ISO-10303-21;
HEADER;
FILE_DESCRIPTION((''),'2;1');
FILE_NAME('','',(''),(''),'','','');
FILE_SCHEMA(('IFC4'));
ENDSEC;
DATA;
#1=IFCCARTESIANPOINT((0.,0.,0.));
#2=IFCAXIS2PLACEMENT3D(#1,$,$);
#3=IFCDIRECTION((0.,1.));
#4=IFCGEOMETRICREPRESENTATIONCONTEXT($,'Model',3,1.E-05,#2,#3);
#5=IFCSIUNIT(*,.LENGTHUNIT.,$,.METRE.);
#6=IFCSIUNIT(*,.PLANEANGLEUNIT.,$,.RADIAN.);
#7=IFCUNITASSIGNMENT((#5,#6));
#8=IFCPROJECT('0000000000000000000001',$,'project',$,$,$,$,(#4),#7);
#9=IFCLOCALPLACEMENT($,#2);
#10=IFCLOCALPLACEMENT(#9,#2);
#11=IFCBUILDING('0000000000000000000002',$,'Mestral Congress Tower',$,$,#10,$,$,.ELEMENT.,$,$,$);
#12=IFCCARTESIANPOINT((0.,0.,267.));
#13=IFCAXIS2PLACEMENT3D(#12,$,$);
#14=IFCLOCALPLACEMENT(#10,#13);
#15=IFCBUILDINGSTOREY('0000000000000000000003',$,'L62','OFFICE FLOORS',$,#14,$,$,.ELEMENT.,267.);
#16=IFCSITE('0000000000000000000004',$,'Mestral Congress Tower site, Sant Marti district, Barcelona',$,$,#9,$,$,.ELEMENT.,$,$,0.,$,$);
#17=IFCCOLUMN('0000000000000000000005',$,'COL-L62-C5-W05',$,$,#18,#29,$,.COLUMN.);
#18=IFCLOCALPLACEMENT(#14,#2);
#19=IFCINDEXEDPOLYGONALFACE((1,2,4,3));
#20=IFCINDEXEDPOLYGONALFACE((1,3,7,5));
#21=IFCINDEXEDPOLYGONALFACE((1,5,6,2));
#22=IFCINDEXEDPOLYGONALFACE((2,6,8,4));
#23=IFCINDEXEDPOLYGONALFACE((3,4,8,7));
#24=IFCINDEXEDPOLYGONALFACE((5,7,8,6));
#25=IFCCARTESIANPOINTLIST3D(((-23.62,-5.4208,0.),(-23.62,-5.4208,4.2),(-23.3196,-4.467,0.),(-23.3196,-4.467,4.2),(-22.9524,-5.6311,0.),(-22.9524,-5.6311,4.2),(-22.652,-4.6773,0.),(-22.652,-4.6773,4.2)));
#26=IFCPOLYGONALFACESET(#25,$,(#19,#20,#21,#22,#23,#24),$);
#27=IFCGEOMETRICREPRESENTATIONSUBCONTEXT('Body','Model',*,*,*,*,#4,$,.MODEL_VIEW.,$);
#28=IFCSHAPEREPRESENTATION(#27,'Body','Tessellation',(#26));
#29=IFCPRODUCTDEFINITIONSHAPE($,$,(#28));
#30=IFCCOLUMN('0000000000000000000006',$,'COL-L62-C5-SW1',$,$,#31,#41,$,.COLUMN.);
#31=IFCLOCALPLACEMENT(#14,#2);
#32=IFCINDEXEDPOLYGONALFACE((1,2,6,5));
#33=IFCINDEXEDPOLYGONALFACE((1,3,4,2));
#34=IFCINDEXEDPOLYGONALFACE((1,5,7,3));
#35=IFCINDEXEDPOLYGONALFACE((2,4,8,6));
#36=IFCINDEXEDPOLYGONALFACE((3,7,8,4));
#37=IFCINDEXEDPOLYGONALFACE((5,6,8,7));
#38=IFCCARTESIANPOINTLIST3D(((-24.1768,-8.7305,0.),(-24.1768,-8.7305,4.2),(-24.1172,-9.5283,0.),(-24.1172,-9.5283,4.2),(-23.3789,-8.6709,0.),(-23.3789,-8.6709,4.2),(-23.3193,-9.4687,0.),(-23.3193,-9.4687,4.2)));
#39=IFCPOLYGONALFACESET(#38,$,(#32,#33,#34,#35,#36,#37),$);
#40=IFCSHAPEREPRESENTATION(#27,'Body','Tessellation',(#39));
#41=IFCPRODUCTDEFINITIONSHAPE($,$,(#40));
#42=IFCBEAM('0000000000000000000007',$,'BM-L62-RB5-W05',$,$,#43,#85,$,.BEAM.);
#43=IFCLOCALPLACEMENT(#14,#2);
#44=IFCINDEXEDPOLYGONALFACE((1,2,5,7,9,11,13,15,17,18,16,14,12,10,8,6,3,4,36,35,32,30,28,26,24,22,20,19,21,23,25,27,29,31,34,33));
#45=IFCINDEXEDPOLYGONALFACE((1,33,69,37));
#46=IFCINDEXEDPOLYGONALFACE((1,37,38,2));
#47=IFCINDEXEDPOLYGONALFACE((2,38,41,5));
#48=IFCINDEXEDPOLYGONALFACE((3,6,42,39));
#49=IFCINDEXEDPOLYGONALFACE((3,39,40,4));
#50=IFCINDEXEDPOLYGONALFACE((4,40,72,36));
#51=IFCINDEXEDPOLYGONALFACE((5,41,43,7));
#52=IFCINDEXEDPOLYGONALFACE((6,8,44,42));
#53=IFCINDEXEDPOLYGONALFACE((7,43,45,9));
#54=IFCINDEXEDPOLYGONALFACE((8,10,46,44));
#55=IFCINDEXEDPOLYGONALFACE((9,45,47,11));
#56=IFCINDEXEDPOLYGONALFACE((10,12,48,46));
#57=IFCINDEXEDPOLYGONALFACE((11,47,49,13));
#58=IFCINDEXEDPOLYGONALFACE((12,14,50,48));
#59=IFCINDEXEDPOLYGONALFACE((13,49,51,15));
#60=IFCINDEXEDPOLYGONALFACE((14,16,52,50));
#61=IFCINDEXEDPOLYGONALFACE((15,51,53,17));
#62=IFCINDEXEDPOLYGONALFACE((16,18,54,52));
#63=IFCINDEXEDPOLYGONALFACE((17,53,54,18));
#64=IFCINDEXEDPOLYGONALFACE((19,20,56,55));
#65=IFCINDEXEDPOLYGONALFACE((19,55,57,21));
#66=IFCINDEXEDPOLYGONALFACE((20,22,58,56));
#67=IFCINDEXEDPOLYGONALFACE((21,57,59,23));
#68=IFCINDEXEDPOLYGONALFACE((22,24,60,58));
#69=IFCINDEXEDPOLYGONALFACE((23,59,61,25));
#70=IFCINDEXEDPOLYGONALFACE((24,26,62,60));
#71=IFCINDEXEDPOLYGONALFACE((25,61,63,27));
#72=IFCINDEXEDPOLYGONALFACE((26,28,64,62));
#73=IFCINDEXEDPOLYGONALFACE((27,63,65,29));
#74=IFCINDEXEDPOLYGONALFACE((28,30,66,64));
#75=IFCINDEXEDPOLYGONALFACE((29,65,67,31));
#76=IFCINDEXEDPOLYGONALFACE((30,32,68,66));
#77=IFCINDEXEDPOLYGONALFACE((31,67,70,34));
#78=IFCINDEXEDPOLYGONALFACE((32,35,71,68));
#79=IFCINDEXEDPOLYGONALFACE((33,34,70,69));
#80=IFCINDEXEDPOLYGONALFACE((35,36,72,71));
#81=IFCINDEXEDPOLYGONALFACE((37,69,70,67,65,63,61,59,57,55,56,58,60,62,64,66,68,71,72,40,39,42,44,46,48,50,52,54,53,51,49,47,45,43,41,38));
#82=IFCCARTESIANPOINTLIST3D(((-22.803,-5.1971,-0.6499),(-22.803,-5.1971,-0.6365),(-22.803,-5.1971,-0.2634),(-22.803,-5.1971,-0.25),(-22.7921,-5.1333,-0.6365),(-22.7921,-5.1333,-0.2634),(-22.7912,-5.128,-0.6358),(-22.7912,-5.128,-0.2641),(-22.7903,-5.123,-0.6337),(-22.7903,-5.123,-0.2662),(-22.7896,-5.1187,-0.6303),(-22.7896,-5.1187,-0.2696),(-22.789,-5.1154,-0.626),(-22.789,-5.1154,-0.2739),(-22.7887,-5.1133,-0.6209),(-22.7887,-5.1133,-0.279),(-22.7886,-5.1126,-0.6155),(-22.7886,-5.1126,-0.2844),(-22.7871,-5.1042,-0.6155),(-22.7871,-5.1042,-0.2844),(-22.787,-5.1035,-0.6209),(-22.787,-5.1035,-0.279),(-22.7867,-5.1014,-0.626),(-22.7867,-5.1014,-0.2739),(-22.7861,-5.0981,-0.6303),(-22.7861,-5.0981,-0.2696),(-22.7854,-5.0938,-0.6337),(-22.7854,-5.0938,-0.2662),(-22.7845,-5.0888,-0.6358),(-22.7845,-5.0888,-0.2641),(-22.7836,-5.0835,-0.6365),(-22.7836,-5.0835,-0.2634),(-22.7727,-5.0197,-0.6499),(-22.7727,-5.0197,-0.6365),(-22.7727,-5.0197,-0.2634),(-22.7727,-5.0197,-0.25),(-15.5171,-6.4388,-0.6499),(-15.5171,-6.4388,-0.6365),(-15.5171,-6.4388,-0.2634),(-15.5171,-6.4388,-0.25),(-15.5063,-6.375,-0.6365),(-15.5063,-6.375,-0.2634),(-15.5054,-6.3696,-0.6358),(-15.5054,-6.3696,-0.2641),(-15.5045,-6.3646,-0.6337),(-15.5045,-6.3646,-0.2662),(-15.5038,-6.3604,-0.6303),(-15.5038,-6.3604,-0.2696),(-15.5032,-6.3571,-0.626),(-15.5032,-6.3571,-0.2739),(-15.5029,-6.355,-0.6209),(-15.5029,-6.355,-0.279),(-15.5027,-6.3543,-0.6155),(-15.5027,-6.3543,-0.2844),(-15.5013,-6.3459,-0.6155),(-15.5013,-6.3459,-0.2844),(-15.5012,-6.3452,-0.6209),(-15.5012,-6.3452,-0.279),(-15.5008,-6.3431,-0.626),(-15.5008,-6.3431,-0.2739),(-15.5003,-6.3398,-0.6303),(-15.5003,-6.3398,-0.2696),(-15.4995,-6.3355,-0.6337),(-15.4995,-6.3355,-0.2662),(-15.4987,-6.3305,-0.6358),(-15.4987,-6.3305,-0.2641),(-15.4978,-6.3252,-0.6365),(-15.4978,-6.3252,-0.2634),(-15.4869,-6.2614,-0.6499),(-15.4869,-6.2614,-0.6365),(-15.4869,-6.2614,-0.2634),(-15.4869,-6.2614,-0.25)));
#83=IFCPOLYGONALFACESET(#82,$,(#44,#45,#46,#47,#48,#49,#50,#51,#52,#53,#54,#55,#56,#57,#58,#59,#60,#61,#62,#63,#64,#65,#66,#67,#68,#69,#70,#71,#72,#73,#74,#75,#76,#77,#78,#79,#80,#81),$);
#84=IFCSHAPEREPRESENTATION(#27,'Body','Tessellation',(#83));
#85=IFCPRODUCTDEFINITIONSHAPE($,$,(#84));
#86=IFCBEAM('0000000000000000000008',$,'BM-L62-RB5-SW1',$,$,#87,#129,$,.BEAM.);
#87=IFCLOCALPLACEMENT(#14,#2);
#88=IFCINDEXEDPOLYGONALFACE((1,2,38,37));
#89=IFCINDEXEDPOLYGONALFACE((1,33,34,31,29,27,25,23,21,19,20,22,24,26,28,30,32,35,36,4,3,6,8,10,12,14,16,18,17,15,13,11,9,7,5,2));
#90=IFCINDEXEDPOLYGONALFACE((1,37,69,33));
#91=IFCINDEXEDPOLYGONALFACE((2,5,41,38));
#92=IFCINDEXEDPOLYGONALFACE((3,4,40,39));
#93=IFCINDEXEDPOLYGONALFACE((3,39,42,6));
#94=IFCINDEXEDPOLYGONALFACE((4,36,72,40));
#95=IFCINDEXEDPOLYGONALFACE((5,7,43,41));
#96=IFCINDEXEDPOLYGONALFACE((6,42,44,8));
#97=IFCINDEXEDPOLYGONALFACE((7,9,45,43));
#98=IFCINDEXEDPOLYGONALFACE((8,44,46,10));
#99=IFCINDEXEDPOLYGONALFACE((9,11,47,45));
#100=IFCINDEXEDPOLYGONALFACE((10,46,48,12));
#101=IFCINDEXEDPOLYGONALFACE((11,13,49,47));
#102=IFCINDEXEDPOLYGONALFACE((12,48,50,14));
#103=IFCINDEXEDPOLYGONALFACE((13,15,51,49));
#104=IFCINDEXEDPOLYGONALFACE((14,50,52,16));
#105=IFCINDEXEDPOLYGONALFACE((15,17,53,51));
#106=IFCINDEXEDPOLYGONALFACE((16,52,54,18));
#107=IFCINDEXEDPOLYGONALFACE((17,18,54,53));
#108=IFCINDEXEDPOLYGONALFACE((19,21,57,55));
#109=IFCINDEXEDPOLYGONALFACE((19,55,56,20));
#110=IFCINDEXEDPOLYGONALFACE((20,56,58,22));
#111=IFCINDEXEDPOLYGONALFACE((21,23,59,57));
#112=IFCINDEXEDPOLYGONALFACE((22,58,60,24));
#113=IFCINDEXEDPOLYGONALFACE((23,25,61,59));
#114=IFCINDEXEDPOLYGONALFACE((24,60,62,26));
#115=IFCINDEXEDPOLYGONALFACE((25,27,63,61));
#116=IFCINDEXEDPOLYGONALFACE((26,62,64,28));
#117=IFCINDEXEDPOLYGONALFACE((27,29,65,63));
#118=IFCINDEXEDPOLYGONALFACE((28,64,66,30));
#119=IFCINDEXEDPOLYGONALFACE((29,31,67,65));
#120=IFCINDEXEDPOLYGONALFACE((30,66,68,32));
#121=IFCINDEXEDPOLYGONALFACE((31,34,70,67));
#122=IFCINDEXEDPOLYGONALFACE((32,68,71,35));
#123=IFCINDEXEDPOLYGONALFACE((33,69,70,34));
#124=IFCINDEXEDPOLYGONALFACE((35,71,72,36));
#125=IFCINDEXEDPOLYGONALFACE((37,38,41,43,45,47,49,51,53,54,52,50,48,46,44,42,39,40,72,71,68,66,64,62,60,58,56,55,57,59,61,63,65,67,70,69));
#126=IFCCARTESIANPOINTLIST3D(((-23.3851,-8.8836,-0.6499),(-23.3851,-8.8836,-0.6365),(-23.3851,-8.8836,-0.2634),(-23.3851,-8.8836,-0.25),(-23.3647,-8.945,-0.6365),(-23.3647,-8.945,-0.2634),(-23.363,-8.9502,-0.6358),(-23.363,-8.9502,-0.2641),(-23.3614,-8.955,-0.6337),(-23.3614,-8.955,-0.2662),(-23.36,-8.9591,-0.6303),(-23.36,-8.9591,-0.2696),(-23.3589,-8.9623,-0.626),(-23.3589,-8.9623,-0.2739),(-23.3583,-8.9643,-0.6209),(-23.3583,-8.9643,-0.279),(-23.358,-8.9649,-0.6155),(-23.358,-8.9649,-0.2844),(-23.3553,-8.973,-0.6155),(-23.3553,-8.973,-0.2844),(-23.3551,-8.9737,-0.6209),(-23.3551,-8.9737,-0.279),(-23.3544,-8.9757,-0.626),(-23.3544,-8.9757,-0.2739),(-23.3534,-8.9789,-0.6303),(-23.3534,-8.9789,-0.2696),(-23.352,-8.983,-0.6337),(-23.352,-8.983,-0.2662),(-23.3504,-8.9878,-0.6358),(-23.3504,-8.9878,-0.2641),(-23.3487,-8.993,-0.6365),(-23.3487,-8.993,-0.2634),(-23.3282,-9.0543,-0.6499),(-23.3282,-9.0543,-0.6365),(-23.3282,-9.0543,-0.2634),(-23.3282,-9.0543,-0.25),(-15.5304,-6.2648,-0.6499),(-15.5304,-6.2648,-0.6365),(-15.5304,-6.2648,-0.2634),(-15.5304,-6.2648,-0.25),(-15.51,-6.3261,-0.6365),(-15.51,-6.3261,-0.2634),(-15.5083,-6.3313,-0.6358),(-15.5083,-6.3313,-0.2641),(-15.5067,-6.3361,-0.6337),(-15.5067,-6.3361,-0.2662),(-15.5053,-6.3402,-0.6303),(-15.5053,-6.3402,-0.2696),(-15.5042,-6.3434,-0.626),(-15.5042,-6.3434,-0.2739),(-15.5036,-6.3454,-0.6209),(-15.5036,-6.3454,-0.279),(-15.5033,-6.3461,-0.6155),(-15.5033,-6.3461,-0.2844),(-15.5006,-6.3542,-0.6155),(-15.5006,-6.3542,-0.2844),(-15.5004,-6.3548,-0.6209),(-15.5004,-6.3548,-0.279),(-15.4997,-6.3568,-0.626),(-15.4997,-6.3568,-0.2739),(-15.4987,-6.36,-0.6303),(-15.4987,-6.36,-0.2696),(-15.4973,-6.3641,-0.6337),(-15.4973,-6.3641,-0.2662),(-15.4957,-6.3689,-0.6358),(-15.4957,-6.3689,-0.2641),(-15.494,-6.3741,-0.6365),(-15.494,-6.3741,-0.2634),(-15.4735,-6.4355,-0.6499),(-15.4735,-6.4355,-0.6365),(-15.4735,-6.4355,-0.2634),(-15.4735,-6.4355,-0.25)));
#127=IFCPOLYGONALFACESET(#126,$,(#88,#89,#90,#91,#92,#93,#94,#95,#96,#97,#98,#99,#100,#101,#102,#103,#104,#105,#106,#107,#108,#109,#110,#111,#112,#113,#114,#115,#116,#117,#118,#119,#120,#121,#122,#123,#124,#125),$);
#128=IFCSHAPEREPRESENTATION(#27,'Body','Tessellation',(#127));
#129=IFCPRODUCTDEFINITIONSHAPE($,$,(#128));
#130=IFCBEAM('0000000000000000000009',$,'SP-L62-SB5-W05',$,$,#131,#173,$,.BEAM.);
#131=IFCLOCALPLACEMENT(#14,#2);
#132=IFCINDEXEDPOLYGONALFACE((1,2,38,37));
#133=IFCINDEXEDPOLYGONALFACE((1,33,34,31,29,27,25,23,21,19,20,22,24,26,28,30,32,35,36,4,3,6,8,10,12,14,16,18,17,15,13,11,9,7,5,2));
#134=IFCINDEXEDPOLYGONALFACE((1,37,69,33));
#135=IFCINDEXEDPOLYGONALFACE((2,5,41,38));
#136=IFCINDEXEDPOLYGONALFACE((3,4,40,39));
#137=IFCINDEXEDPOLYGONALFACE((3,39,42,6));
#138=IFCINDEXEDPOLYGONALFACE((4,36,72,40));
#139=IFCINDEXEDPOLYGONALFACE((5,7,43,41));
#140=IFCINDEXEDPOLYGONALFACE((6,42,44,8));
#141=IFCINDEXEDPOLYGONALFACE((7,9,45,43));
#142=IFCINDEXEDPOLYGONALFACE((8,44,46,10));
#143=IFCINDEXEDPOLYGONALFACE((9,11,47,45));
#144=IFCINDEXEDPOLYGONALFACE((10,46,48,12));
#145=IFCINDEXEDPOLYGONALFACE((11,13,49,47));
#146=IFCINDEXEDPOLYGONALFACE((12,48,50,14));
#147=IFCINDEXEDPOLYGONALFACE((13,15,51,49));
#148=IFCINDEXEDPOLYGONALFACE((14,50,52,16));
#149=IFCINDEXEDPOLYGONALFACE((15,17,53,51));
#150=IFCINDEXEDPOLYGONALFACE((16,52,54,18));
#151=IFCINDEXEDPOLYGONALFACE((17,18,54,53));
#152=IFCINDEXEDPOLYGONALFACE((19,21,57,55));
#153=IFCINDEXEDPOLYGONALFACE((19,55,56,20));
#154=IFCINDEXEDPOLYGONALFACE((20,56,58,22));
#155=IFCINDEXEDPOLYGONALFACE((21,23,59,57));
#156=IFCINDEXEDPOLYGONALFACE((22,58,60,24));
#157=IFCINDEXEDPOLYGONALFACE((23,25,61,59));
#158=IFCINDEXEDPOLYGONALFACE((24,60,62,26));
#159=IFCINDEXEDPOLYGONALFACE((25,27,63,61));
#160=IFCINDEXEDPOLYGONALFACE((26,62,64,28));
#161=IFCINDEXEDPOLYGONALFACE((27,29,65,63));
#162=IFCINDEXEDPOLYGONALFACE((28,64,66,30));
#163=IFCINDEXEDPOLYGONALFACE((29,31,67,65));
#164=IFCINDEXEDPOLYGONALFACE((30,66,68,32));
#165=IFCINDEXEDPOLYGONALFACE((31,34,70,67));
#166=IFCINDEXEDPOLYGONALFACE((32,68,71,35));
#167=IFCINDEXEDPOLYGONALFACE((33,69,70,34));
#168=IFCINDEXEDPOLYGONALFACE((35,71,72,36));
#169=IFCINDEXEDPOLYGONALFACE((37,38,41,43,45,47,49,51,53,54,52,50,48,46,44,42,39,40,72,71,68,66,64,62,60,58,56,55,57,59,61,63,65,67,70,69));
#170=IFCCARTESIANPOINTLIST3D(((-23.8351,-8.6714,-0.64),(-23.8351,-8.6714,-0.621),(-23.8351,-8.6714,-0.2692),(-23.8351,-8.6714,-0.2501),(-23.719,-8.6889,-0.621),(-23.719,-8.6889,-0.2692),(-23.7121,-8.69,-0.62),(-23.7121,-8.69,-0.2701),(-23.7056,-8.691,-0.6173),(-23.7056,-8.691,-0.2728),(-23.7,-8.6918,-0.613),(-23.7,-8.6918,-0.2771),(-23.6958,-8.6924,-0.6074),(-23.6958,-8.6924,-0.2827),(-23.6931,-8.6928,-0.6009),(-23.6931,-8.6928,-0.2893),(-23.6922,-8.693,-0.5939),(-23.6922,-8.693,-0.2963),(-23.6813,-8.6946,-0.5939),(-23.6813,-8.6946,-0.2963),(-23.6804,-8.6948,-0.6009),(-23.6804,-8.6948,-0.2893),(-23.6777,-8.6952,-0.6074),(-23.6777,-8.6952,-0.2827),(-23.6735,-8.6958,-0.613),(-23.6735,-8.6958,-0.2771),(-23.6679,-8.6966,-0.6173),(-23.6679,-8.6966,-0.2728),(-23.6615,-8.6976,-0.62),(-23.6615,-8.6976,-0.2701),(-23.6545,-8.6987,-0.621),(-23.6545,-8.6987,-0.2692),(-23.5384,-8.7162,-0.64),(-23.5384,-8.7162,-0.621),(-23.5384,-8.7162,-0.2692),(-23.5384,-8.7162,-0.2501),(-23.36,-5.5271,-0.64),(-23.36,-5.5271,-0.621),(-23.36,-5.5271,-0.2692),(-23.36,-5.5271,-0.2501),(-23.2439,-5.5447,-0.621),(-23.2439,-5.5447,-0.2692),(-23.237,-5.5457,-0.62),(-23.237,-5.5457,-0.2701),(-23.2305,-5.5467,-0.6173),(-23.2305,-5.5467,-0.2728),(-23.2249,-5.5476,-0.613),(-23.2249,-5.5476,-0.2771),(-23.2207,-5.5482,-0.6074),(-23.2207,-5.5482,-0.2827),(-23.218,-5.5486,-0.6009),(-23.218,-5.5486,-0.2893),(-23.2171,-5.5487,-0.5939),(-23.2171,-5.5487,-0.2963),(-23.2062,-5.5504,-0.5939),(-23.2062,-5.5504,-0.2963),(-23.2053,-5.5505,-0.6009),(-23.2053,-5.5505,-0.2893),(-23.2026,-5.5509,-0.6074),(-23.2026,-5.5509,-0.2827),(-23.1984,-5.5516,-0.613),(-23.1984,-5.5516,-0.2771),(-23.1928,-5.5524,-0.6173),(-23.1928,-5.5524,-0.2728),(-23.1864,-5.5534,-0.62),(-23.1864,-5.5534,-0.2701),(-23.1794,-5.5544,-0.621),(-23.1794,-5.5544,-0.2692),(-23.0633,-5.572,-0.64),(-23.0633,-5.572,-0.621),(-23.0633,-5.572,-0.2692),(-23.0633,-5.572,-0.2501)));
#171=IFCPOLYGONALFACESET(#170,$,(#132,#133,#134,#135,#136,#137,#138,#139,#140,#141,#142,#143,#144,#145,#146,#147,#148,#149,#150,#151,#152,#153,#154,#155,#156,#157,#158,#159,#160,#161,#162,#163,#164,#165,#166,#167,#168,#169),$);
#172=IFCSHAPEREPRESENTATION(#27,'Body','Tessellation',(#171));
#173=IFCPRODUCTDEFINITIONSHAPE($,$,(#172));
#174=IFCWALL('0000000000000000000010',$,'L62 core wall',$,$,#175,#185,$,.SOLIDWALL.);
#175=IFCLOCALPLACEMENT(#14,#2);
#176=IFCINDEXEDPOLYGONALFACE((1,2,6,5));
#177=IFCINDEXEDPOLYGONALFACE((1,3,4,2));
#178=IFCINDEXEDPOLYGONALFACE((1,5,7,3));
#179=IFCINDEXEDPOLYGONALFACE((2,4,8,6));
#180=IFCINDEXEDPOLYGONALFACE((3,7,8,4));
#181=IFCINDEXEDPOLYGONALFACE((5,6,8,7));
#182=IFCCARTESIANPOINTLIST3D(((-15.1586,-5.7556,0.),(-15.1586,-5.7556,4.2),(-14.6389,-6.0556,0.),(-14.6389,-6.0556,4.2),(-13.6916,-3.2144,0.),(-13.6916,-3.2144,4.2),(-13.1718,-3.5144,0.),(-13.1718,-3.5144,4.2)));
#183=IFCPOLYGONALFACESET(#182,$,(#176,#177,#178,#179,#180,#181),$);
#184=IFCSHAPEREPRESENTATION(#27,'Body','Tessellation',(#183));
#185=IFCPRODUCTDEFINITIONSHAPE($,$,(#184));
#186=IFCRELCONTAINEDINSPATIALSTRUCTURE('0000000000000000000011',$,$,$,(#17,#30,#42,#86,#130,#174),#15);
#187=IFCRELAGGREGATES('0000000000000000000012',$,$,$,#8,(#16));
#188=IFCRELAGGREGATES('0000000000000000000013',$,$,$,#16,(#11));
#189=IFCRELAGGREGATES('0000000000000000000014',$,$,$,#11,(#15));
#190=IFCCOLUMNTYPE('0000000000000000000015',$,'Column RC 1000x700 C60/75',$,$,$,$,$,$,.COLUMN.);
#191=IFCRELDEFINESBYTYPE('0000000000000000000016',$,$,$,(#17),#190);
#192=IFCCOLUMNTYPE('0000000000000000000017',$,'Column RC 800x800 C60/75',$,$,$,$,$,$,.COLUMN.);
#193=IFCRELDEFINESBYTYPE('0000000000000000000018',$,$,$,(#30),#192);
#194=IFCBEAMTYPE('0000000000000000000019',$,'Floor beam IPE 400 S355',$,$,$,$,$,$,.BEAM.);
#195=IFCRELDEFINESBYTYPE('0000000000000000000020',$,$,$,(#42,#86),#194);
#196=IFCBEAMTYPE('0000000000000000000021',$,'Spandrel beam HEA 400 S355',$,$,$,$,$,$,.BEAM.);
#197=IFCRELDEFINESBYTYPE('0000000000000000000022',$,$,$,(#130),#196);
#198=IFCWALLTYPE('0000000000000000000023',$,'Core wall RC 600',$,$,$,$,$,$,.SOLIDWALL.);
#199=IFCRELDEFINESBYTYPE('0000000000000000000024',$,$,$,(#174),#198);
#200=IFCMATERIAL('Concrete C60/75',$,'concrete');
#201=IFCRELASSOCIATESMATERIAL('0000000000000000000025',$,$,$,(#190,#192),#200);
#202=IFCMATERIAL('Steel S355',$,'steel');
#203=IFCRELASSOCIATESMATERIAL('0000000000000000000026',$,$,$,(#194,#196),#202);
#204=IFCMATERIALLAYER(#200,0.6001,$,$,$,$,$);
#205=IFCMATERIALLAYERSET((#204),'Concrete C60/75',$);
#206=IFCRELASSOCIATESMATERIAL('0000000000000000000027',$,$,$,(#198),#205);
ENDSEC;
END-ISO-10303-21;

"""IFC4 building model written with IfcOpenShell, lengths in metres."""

from ifc_helpers import new_model, si_unit, direction, frame, frame_2d, origin, origin_2d, place, context, subcontext, project, spatial, rectangle, i_section, extrude, material, layer, layer_set, material_profile, profile_set, type_object, element, save


model = new_model("IFC4")

# Units and contexts
model_context = context("Model", 3, precision=1e-05, world=origin(), true_north=direction((0.0, 1.0)))
body_context = subcontext(model_context, "Body", "Model", "MODEL_VIEW")
ifc_project = project(units=[si_unit("LENGTHUNIT", "METRE"), si_unit("PLANEANGLEUNIT", "RADIAN")], contexts=[model_context])

# Site, building, storey
site_placement = place(None, origin())
site = spatial("IfcSite", under=ifc_project, at=site_placement, Name="Mestral Congress Tower site, Sant Marti district, Barcelona", CompositionType="ELEMENT", RefElevation=0.0)
building_placement = place(site_placement, origin())
building = spatial("IfcBuilding", under=site, at=building_placement, Name="Mestral Congress Tower", CompositionType="ELEMENT")
storey_placement = place(building_placement, frame((0.0, 0.0, 267.0)))
storey = spatial("IfcBuildingStorey", under=building, at=storey_placement, Name="L62", Description="OFFICE FLOORS", CompositionType="ELEMENT", Elevation=267.0)

# Columns
ifc_material_1 = material(Name="Concrete C60/75", Category="concrete")
ifc_material_profile_1 = material_profile(ifc_material_1, rectangle(XDim=1.0, YDim=0.7, at=origin_2d()), Name="RC 1000x700")
ifc_profile_set_1 = profile_set([ifc_material_profile_1], Name="Concrete C60/75")
column_type_1 = type_object("IfcColumnType", Name="Column RC 1000x700 C60/75", PredefinedType="COLUMN", material=ifc_profile_set_1)
column_1_placement = place(storey_placement, frame((-23.136, -5.0491, 0.0), z_axis=(0.0, 0.0, 1.0), x_axis=(-0.300431, -0.953804, 0.0)))
element("IfcColumn", 1, at=column_1_placement, inside=storey, type_object=column_type_1, Name="COL-L62-C5-W05", PredefinedType="COLUMN", context=body_context, shape_type="SweptSolid", body=[
    extrude(rectangle(XDim=1.0, YDim=0.7, at=origin_2d()), origin(), (0.0, 0.0, 1.0), 4.2),
])
ifc_material_profile_2 = material_profile(ifc_material_1, rectangle(XDim=0.8, YDim=0.8, at=origin_2d()), Name="RC 800x800")
ifc_profile_set_2 = profile_set([ifc_material_profile_2], Name="Concrete C60/75")
column_type_2 = type_object("IfcColumnType", Name="Column RC 800x800 C60/75", PredefinedType="COLUMN", material=ifc_profile_set_2)
column_2_placement = place(storey_placement, frame((-23.748, -9.0996, 0.0), z_axis=(0.0, 0.0, 1.0), x_axis=(0.074511, -0.99722, 0.0)))
element("IfcColumn", 2, at=column_2_placement, inside=storey, type_object=column_type_2, Name="COL-L62-C5-SW1", PredefinedType="COLUMN", context=body_context, shape_type="SweptSolid", body=[
    extrude(rectangle(XDim=0.8, YDim=0.8, at=origin_2d()), origin(), (0.0, 0.0, 1.0), 4.2),
])

# Beams
ifc_material_2 = material(Name="Steel S355", Category="steel")
ifc_material_profile_3 = material_profile(ifc_material_2, i_section(OverallWidth=0.1799, OverallDepth=0.3999, WebThickness=0.0085, FlangeThickness=0.0134, FilletRadius=0.021, at=origin_2d()), Name="IPE 400")
ifc_profile_set_3 = profile_set([ifc_material_profile_3], Name="Steel S355")
beam_type_1 = type_object("IfcBeamType", Name="Floor beam IPE 400 S355", PredefinedType="BEAM", material=ifc_profile_set_3)
beam_1_placement = place(storey_placement, frame((-22.7878, -5.1084, -0.45), z_axis=(0.985787, -0.168003, 0.0), x_axis=(0.168003, 0.985787, 0.0)))
element("IfcBeam", 3, at=beam_1_placement, inside=storey, type_object=beam_type_1, Name="BM-L62-RB5-W05", PredefinedType="BEAM", context=body_context, shape_type="SweptSolid", body=[
    extrude(i_section(OverallWidth=0.1799, OverallDepth=0.3999, WebThickness=0.0085, FlangeThickness=0.0134, FilletRadius=0.021, at=origin_2d()), origin(), (0.0, 0.0, 1.0), 7.3909),
])
beam_2_placement = place(storey_placement, frame((-23.3567, -8.969, -0.45), z_axis=(0.94866, 0.316299, 0.0), x_axis=(-0.316299, 0.94866, 0.0)))
element("IfcBeam", 4, at=beam_2_placement, inside=storey, type_object=beam_type_1, Name="BM-L62-RB5-SW1", PredefinedType="BEAM", context=body_context, shape_type="SweptSolid", body=[
    extrude(i_section(OverallWidth=0.1799, OverallDepth=0.3999, WebThickness=0.0085, FlangeThickness=0.0134, FilletRadius=0.021, at=origin_2d()), origin(), (0.0, 0.0, 1.0), 8.2798),
])
ifc_material_profile_4 = material_profile(ifc_material_2, i_section(OverallWidth=0.3, OverallDepth=0.3899, WebThickness=0.011, FlangeThickness=0.019, FilletRadius=0.0271, at=origin_2d()), Name="HEA 400")
ifc_profile_set_4 = profile_set([ifc_material_profile_4], Name="Steel S355")
beam_type_2 = type_object("IfcBeamType", Name="Spandrel beam HEA 400 S355", PredefinedType="BEAM", material=ifc_profile_set_4)
beam_3_placement = place(storey_placement, frame((-23.2117, -5.5496, -0.4451), z_axis=(-0.149403, -0.988776, 0.0), x_axis=(0.988776, -0.149403, 0.0)))
element("IfcBeam", 5, at=beam_3_placement, inside=storey, type_object=beam_type_2, Name="SP-L62-SB5-W05", PredefinedType="BEAM", context=body_context, shape_type="SweptSolid", body=[
    extrude(i_section(OverallWidth=0.3, OverallDepth=0.3899, WebThickness=0.011, FlangeThickness=0.019, FilletRadius=0.0271, at=origin_2d()), origin(), (0.0, 0.0, 1.0), 3.1799),
])

# Wall
ifc_layer_1 = layer(ifc_material_1, 0.6001)
ifc_layer_set_1 = layer_set([ifc_layer_1], Name="Concrete C60/75")
wall_type_1 = type_object("IfcWallType", Name="Core wall RC 600", PredefinedType="SOLIDWALL", material=ifc_layer_set_1)
wall_1_placement = place(storey_placement, frame((-13.4316, -3.3643, 0.0), z_axis=(0.0, 0.0, 1.0), x_axis=(-0.49996, -0.866048, 0.0)))
element("IfcWall", 6, at=wall_1_placement, inside=storey, type_object=wall_type_1, Name="L62 core wall", PredefinedType="SOLIDWALL", context=body_context, shape_type="SweptSolid", body=[
    extrude(rectangle(XDim=2.9343, YDim=0.6001, at=frame_2d((1.4673, 0.0))), origin(), (0.0, 0.0, 1.0), 4.2),
])

save(model, "model.ifc")
